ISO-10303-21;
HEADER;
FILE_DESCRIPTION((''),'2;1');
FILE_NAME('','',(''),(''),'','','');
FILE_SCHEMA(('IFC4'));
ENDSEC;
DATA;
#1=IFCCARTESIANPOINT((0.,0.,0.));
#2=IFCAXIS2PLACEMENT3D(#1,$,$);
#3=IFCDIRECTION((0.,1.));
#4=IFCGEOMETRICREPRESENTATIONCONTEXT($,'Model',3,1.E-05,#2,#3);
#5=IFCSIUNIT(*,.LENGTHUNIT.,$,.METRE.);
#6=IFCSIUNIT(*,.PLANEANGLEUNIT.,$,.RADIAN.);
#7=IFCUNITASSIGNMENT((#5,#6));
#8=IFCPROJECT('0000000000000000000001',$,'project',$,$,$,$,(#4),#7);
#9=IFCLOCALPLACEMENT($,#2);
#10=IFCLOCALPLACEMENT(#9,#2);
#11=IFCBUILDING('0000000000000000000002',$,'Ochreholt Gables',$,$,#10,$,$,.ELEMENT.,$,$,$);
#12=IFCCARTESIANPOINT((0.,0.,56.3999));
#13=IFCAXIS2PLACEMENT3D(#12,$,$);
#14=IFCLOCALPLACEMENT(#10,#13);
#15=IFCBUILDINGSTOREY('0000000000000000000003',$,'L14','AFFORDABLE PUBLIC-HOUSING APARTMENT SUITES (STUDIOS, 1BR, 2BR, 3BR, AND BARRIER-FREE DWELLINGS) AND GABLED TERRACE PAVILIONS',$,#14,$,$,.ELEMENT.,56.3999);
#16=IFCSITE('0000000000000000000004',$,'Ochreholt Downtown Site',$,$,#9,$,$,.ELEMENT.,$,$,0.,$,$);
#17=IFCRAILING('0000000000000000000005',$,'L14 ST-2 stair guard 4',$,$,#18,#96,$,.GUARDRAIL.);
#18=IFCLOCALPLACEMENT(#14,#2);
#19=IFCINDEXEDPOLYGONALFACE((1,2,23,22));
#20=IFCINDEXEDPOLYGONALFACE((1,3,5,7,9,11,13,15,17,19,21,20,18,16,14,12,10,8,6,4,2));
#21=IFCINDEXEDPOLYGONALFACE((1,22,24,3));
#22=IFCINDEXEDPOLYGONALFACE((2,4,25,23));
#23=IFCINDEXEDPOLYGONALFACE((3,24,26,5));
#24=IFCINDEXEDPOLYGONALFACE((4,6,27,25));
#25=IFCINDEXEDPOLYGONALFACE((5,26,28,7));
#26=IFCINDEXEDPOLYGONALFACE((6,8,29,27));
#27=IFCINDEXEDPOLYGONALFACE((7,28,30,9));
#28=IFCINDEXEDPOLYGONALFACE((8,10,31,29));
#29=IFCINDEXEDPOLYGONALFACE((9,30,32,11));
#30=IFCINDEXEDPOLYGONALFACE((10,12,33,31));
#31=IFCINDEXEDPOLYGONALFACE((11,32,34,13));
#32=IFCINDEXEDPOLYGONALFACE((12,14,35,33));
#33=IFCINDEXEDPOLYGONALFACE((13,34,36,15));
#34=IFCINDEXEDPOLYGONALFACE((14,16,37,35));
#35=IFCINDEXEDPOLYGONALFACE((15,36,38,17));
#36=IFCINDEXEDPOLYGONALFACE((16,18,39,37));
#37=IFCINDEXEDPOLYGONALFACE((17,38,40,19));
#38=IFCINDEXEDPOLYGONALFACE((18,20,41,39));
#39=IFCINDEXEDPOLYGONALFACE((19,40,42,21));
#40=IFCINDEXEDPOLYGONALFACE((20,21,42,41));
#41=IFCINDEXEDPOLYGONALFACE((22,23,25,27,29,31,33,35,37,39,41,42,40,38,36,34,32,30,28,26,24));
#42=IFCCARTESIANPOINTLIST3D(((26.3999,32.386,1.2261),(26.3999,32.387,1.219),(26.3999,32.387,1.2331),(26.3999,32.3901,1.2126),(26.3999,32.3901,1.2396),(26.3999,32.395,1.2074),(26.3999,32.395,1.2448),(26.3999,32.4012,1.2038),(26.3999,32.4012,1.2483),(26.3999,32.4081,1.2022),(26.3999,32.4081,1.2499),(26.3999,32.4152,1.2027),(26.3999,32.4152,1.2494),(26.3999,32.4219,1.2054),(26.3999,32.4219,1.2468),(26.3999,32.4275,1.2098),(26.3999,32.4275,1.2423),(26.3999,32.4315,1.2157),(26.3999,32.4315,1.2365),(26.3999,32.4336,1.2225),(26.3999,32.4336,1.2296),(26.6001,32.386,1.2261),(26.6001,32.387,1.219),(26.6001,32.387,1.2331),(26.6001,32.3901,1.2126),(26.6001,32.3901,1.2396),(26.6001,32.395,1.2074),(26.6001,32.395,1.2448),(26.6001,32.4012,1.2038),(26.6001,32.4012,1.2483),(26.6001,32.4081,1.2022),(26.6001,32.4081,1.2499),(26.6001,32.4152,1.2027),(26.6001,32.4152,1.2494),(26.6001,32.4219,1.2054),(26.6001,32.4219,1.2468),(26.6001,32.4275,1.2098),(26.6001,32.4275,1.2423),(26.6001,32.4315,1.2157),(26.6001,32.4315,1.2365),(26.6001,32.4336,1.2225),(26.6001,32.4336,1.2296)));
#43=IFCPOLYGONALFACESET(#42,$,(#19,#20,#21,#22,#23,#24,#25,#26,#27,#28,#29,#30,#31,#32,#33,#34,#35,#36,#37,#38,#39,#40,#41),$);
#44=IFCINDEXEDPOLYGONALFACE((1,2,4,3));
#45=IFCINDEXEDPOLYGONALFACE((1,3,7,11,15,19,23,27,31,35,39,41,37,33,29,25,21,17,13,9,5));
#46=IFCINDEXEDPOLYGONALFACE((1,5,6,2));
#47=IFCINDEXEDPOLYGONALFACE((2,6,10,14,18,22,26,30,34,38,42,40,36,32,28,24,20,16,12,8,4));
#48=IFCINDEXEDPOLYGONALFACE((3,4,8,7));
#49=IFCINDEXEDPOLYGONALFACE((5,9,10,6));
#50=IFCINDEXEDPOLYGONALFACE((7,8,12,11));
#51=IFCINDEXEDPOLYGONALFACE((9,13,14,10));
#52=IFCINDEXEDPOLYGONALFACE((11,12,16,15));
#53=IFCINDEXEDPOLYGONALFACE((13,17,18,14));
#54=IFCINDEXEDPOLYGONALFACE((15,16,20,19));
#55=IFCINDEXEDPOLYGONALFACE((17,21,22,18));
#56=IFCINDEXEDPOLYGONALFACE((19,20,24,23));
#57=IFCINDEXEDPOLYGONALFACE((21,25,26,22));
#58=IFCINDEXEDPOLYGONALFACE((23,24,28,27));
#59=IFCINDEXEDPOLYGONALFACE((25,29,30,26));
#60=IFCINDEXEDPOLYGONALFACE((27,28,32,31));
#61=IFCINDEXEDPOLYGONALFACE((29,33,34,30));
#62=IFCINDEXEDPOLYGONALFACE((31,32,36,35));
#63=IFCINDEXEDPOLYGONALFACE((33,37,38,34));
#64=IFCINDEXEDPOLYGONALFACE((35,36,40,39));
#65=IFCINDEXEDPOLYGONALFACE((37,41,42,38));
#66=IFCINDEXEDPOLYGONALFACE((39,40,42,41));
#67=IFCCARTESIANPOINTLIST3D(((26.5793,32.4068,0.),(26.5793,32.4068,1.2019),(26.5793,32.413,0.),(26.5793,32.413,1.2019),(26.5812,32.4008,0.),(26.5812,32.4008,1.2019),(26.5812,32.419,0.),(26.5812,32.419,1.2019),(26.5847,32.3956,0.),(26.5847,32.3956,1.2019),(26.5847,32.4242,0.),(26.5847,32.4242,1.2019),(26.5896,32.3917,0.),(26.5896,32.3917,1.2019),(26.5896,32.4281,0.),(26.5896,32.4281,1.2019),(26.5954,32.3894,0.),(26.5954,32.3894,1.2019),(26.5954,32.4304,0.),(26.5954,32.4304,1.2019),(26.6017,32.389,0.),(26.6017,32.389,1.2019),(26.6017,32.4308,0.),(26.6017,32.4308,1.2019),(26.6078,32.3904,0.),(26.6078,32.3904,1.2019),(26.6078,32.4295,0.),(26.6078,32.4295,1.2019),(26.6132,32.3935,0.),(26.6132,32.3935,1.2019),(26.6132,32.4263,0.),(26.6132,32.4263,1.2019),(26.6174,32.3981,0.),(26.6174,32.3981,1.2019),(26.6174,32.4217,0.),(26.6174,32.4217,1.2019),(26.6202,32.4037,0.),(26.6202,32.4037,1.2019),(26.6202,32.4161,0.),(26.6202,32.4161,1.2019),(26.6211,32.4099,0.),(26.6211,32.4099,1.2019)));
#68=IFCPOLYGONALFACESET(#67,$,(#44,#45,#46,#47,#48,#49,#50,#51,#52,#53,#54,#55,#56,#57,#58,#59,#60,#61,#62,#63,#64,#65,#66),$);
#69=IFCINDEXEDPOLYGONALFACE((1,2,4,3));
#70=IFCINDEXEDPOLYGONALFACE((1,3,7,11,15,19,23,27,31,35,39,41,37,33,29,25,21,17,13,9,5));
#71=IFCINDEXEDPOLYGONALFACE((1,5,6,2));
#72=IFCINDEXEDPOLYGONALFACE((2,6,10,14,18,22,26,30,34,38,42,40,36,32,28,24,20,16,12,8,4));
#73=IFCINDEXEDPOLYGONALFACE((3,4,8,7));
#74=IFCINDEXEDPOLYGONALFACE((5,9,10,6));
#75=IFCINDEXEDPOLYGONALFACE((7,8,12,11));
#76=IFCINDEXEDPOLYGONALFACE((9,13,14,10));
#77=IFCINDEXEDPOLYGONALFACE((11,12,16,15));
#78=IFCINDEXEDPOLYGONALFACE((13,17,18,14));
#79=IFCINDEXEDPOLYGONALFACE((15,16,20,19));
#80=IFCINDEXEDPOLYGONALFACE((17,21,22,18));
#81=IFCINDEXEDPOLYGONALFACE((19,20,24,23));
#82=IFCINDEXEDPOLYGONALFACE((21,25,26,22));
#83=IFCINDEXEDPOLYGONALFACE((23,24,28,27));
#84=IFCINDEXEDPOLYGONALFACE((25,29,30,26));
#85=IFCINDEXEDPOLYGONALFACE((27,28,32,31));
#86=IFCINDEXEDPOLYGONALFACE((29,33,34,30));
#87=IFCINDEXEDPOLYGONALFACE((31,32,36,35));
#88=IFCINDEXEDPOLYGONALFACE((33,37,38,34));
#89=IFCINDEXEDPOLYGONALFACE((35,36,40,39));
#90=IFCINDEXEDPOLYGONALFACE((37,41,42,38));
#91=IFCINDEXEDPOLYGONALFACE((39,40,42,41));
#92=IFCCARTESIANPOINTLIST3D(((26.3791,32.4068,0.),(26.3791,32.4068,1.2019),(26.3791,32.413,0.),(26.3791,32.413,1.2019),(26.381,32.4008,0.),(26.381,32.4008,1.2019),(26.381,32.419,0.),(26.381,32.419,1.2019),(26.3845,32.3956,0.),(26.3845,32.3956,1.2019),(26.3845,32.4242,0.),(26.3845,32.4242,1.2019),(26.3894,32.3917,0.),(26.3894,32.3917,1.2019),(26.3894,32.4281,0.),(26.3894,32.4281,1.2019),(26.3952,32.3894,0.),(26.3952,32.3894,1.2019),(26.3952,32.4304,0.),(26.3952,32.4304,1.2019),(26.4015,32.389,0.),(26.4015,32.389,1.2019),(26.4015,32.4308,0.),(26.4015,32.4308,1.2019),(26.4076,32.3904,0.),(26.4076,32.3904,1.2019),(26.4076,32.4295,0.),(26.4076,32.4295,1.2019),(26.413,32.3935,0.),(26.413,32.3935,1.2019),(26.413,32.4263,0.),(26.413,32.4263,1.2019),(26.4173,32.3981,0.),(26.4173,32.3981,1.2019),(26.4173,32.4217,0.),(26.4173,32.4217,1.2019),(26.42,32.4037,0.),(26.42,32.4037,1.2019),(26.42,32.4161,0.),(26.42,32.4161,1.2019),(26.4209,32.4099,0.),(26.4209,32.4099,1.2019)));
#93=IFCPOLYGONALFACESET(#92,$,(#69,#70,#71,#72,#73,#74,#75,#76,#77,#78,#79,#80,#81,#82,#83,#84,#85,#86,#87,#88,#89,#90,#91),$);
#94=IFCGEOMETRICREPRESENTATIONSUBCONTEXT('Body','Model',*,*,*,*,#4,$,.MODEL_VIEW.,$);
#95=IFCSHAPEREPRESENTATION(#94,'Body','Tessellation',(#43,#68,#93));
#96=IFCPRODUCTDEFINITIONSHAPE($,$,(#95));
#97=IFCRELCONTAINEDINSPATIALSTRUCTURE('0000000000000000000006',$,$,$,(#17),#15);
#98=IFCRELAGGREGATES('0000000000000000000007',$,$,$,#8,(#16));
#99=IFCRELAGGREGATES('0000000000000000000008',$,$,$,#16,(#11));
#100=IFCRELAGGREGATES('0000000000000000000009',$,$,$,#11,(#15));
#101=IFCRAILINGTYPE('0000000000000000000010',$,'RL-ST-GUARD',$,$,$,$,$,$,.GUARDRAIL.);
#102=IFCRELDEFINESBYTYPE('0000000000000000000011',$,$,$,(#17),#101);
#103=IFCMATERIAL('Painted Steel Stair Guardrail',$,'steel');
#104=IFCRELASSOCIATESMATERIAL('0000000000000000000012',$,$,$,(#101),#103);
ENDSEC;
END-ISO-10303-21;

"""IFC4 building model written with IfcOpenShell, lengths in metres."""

from ifc_helpers import new_model, si_unit, direction, frame, origin, origin_2d, place, context, subcontext, project, spatial, circle, extrude, material, type_object, element, save


model = new_model("IFC4")

# Units and contexts
model_context = context("Model", 3, precision=1e-05, world=origin(), true_north=direction((0.0, 1.0)))
body_context = subcontext(model_context, "Body", "Model", "MODEL_VIEW")
ifc_project = project(units=[si_unit("LENGTHUNIT", "METRE"), si_unit("PLANEANGLEUNIT", "RADIAN")], contexts=[model_context])

# Site, building, storey
site_placement = place(None, origin())
site = spatial("IfcSite", under=ifc_project, at=site_placement, Name="Ochreholt Downtown Site", CompositionType="ELEMENT", RefElevation=0.0)
building_placement = place(site_placement, origin())
building = spatial("IfcBuilding", under=site, at=building_placement, Name="Ochreholt Gables", CompositionType="ELEMENT")
storey_placement = place(building_placement, frame((0.0, 0.0, 56.3999)))
storey = spatial("IfcBuildingStorey", under=building, at=storey_placement, Name="L14", Description="AFFORDABLE PUBLIC-HOUSING APARTMENT SUITES (STUDIOS, 1BR, 2BR, 3BR, AND BARRIER-FREE DWELLINGS) AND GABLED TERRACE PAVILIONS", CompositionType="ELEMENT", Elevation=56.3999)

# Railing
ifc_material_1 = material(Name="Painted Steel Stair Guardrail", Category="steel")
railing_type_1 = type_object("IfcRailingType", Name="RL-ST-GUARD", PredefinedType="GUARDRAIL", material=ifc_material_1)
railing_1_placement = place(storey_placement, frame((26.6001, 32.4099, 0.0)))
element("IfcRailing", 1, at=railing_1_placement, inside=storey, type_object=railing_type_1, Name="L14 ST-2 stair guard 4", PredefinedType="GUARDRAIL", context=body_context, shape_type="SweptSolid", body=[
    extrude(circle(Radius=0.0239, at=origin_2d()), frame((0.0, 0.0, 1.2261), z_axis=(-1.0, 0.0, 0.0), x_axis=(0.0, -1.0, 0.0)), (0.0, 0.0, 1.0), 0.2002),
    extrude(circle(Radius=0.021, at=origin_2d()), origin(), (0.0, 0.0, 1.0), 1.2019),
    extrude(circle(Radius=0.021, at=origin_2d()), frame((-0.2002, 0.0, 0.0)), (0.0, 0.0, 1.0), 1.2019),
])

save(model, "model.ifc")
